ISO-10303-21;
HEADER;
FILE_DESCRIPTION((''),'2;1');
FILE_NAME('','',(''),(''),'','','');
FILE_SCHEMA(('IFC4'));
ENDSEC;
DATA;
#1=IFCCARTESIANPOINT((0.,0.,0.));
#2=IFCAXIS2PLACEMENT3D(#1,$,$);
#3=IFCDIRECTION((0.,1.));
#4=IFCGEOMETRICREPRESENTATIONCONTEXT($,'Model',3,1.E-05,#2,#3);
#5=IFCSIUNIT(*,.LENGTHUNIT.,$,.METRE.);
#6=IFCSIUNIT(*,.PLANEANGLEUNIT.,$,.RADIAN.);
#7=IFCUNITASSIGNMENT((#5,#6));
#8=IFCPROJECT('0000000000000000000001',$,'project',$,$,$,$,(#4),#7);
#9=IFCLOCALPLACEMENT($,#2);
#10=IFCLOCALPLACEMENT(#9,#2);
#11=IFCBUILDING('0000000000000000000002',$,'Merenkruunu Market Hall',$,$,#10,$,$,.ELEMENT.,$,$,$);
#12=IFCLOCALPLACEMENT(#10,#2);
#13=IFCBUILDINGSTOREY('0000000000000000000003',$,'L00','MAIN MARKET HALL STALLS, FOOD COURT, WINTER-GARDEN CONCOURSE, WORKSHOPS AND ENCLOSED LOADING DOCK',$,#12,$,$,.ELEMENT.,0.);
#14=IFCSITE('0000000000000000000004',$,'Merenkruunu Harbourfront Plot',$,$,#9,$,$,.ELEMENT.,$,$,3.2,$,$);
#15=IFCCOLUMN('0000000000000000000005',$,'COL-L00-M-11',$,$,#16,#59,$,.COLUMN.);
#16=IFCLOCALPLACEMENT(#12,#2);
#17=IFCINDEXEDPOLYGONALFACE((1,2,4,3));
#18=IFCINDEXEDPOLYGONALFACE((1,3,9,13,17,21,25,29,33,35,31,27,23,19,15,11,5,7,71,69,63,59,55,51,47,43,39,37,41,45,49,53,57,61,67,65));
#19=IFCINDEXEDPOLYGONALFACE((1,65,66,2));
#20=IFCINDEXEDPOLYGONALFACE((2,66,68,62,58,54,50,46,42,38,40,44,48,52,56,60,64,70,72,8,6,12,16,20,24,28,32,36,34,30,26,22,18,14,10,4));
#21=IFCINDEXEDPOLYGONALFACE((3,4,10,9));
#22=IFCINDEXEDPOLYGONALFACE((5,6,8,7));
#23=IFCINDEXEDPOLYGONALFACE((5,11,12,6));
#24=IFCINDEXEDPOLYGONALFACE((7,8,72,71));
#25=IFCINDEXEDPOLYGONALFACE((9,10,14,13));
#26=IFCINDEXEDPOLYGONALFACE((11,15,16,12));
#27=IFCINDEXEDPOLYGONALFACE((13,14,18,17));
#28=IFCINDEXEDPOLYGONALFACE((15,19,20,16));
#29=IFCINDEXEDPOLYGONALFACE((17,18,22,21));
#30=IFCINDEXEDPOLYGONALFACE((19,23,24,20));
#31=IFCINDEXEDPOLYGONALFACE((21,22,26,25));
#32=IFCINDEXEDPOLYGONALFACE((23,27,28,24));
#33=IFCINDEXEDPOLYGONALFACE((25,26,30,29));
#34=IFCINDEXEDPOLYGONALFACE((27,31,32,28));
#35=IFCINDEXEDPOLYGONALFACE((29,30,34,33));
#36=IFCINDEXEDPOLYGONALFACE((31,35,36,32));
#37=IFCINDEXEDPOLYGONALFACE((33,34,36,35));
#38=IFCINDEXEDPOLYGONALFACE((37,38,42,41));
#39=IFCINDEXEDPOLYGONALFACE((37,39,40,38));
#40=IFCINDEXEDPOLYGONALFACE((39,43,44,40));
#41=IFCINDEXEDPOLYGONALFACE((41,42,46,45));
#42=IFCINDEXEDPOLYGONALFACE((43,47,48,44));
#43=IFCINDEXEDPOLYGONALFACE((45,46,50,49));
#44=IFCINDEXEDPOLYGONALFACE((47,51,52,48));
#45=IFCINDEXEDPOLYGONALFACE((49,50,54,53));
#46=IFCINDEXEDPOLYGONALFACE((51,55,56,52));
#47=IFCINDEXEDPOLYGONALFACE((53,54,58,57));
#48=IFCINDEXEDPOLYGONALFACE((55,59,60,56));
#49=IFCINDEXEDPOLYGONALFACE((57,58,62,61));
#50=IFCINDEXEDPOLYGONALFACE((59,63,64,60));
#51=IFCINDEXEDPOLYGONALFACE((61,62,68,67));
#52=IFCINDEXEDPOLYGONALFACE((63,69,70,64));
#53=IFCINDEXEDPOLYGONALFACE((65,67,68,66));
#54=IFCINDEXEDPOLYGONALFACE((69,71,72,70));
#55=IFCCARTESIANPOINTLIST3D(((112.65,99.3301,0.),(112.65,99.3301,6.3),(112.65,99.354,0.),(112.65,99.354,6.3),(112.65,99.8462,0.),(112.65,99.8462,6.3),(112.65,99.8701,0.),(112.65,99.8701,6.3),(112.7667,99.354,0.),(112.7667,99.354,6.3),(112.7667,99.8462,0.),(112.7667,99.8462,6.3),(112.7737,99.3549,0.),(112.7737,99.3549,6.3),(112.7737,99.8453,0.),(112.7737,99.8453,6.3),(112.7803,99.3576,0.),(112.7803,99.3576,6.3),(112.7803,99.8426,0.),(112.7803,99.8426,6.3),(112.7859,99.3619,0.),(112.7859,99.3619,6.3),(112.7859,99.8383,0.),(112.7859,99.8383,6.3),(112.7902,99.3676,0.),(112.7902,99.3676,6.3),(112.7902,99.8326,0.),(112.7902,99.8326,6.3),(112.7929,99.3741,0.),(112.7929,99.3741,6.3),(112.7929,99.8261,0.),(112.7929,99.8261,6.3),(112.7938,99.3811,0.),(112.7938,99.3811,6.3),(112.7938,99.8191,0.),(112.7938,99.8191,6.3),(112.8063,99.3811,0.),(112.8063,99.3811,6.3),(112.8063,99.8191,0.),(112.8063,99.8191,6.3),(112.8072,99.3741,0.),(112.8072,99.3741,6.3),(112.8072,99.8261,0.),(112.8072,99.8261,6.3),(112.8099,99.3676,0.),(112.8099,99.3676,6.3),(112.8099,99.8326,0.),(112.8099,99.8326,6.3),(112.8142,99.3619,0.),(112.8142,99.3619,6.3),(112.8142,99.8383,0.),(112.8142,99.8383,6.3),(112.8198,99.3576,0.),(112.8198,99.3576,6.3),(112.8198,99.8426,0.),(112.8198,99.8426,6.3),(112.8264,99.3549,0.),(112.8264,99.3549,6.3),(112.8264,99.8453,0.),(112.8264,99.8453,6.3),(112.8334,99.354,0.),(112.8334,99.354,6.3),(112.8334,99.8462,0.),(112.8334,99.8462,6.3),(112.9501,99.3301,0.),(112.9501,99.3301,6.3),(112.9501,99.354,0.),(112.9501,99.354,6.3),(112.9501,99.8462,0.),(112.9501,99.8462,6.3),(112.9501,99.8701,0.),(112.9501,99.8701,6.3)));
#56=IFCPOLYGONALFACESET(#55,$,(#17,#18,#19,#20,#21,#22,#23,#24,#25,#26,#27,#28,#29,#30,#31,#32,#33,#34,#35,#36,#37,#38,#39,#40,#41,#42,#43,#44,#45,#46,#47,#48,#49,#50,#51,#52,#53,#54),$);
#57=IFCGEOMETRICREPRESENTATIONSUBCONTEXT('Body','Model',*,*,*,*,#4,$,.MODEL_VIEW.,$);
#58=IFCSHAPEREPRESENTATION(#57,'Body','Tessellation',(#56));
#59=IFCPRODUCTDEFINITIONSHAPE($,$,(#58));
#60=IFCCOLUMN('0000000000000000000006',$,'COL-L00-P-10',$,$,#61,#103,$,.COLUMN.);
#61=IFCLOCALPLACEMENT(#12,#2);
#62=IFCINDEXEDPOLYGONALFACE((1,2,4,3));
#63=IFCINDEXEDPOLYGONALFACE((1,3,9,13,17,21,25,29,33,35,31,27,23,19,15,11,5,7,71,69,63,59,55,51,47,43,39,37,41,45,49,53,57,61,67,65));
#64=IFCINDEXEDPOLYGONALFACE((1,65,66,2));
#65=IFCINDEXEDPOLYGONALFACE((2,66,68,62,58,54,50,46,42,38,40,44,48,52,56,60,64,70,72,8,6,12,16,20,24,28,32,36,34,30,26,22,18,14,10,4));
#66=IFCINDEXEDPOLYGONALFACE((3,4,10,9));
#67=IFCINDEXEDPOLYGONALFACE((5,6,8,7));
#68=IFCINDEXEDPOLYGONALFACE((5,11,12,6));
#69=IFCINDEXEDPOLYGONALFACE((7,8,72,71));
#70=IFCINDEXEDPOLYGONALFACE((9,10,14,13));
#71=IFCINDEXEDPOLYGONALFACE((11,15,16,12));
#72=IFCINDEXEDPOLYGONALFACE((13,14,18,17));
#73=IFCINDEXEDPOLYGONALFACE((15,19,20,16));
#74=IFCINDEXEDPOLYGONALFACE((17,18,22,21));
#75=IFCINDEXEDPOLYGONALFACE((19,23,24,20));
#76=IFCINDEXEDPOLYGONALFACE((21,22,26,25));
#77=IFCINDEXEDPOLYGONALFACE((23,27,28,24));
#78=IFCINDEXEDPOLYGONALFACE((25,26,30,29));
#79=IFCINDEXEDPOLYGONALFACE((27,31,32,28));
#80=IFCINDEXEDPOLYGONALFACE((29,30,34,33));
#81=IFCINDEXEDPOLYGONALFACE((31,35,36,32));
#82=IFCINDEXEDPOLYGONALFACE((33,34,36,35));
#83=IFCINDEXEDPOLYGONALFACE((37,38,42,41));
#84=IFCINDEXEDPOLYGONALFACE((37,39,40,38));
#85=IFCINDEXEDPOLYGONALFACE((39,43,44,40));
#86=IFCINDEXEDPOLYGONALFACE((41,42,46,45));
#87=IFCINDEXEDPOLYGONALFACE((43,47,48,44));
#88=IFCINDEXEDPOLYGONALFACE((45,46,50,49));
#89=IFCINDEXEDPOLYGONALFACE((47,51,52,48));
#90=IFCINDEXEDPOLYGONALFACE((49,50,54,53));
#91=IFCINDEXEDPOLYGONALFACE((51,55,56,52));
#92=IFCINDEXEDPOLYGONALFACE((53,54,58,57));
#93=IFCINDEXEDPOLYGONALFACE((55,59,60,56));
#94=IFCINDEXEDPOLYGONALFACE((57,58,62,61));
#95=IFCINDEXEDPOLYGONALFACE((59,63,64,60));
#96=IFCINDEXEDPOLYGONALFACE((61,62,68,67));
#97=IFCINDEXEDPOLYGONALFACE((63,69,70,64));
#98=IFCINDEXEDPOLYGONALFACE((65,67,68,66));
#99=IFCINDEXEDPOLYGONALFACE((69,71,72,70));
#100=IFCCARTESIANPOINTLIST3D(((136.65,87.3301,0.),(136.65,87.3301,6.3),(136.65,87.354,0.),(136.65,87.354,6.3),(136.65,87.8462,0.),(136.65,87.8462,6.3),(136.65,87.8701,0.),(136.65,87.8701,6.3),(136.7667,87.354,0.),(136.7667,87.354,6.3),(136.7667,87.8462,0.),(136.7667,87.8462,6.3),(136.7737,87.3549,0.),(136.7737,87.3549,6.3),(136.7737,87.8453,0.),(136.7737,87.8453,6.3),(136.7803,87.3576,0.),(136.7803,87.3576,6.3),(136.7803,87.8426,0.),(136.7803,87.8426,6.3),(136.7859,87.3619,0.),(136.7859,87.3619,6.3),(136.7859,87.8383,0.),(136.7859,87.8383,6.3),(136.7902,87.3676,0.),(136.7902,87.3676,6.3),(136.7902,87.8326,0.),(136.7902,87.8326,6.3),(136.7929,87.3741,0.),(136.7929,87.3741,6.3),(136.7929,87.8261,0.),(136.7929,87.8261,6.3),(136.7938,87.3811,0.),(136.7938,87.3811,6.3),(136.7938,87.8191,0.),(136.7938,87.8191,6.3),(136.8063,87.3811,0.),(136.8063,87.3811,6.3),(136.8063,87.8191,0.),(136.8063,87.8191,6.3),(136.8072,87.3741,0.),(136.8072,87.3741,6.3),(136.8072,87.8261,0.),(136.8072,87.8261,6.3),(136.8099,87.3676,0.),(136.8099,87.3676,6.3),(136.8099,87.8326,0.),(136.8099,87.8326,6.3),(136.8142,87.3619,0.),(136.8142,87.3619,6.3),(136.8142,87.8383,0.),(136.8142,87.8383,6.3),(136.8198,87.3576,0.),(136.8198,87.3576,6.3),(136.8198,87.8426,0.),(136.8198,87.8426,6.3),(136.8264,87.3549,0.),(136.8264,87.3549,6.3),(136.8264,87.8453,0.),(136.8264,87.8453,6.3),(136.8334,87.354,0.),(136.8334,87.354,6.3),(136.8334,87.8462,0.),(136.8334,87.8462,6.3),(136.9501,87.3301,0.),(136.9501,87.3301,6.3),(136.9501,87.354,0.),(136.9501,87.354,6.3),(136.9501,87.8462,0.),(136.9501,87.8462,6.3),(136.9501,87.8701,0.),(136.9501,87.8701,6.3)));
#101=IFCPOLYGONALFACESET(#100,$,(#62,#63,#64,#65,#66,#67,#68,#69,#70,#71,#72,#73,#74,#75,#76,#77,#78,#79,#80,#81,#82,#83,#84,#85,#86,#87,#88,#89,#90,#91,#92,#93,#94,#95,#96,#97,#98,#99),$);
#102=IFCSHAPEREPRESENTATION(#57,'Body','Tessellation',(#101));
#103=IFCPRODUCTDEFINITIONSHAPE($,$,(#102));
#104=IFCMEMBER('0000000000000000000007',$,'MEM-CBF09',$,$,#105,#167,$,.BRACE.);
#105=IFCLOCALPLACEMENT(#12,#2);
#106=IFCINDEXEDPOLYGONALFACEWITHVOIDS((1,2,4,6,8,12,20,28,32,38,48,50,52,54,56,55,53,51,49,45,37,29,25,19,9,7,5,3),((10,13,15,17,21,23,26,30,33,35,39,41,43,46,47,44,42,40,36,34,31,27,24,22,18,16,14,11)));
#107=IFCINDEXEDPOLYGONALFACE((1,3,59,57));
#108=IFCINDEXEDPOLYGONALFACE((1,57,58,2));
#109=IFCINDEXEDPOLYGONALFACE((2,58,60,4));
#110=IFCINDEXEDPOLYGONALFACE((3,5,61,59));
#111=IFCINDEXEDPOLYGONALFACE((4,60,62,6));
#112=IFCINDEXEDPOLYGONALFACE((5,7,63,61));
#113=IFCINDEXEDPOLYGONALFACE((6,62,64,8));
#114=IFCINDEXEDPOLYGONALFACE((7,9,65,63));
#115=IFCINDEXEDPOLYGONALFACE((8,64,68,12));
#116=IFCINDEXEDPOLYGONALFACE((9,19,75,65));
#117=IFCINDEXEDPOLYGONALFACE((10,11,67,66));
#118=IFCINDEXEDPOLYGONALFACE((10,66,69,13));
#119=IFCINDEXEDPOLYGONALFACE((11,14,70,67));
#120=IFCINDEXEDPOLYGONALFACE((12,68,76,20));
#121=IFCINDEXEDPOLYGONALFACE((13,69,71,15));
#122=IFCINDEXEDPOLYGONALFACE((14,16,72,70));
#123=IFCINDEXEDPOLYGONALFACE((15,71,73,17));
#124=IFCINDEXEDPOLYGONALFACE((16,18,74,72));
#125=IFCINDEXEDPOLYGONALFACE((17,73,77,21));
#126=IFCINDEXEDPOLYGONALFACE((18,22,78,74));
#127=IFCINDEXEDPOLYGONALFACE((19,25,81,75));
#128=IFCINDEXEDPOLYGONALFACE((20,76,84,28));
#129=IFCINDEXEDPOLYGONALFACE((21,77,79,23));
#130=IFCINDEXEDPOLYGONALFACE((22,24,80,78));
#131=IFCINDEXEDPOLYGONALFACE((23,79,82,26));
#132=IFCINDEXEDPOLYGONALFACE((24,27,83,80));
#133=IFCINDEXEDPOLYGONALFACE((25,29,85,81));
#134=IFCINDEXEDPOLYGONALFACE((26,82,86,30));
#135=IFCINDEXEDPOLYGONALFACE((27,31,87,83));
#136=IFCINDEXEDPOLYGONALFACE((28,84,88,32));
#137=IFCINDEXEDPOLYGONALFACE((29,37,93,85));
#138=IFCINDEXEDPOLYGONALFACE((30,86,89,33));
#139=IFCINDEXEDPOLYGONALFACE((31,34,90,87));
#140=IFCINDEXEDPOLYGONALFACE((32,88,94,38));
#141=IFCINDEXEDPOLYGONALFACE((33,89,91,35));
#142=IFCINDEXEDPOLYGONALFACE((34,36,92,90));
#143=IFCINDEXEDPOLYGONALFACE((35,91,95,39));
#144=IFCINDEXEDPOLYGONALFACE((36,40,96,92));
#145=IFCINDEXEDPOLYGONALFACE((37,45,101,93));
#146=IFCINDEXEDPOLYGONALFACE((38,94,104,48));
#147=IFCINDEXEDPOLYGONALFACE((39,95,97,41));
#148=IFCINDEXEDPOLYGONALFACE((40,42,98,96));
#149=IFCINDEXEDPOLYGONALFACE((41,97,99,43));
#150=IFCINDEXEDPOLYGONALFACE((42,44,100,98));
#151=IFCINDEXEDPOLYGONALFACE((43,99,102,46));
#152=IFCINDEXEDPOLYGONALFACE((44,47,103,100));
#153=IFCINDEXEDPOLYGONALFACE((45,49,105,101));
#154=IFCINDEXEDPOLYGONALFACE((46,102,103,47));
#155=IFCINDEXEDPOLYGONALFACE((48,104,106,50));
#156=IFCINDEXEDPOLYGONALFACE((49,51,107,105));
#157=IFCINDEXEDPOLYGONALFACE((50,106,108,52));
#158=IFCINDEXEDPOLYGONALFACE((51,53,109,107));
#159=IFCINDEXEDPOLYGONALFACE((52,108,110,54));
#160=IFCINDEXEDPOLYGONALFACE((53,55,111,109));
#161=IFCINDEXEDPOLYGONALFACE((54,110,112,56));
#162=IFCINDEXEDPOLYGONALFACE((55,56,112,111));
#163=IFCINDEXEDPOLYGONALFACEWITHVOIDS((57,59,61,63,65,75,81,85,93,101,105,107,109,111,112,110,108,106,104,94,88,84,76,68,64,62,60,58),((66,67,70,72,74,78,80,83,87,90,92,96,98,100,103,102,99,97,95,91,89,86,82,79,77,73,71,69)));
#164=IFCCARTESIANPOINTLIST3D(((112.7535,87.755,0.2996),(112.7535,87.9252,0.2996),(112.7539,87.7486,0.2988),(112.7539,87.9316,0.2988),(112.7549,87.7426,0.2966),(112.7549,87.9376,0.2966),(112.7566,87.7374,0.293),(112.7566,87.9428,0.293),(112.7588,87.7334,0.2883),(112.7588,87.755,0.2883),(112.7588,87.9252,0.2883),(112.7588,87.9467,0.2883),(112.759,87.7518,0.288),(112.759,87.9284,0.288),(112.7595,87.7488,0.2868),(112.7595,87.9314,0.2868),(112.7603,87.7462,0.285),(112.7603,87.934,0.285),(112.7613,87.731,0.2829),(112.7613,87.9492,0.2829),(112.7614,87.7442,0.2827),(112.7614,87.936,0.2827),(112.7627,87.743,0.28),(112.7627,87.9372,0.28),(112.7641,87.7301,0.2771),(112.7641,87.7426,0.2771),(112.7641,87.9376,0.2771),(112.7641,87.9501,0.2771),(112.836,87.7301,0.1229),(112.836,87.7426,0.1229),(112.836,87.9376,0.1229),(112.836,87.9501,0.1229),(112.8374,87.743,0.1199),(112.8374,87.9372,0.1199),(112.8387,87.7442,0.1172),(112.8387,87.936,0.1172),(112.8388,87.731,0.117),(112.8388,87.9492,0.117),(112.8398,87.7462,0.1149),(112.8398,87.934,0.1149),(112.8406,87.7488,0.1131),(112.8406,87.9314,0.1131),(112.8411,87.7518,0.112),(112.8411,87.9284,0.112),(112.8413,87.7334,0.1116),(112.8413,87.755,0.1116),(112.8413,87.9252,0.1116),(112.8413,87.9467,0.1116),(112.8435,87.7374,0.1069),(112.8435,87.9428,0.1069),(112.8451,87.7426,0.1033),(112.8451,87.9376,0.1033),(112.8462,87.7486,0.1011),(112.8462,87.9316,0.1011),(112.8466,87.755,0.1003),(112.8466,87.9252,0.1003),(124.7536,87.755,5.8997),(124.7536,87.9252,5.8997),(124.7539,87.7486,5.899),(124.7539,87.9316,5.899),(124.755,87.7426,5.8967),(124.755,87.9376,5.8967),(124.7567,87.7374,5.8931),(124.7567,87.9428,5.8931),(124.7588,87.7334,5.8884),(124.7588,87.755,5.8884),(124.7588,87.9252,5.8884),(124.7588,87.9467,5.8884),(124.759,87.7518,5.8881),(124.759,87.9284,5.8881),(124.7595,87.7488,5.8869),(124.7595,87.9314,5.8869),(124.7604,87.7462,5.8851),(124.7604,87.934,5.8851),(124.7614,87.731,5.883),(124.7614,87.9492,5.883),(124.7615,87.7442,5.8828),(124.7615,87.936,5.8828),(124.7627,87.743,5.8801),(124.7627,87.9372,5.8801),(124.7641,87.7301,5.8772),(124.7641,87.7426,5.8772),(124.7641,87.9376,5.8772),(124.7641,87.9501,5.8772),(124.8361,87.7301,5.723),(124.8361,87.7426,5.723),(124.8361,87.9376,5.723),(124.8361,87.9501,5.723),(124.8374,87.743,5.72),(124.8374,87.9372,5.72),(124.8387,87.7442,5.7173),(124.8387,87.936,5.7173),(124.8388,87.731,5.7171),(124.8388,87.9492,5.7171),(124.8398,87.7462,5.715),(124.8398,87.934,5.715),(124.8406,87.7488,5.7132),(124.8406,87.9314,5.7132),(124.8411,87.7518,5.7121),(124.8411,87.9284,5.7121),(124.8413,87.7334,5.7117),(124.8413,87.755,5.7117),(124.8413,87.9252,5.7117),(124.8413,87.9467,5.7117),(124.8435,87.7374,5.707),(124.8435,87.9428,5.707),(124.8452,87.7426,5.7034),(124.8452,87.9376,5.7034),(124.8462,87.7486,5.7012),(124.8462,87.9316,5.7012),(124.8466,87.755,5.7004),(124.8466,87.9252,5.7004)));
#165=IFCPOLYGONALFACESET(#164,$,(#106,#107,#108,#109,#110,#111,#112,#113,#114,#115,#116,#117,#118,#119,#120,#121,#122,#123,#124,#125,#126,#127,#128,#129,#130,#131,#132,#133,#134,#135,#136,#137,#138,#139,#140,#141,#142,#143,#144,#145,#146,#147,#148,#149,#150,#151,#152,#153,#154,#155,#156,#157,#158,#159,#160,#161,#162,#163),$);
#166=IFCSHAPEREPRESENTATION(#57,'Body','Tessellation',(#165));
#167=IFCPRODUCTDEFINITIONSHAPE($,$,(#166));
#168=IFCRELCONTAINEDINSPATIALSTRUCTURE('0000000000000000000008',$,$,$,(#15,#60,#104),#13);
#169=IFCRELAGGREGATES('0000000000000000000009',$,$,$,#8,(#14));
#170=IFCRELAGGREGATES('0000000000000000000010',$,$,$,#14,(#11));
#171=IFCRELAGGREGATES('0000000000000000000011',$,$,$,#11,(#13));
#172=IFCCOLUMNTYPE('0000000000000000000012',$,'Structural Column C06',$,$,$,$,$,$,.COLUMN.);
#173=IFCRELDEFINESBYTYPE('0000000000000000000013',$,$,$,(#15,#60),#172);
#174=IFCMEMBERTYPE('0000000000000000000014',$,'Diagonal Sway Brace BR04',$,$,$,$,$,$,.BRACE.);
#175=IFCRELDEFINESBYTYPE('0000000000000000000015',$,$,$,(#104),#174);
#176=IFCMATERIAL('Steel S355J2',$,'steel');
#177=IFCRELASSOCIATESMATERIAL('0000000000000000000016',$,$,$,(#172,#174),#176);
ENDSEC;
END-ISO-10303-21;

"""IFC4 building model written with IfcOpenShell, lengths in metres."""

from ifc_helpers import new_model, si_unit, direction, frame, origin, origin_2d, place, context, subcontext, project, spatial, hollow_rectangle, i_section, extrude, material, material_profile, profile_set, type_object, element, save


model = new_model("IFC4")

# Units and contexts
model_context = context("Model", 3, precision=1e-05, world=origin(), true_north=direction((0.0, 1.0)))
body_context = subcontext(model_context, "Body", "Model", "MODEL_VIEW")
ifc_project = project(units=[si_unit("LENGTHUNIT", "METRE"), si_unit("PLANEANGLEUNIT", "RADIAN")], contexts=[model_context])

# Site, building, storey
site_placement = place(None, origin())
site = spatial("IfcSite", under=ifc_project, at=site_placement, Name="Merenkruunu Harbourfront Plot", CompositionType="ELEMENT", RefElevation=3.2)
building_placement = place(site_placement, origin())
building = spatial("IfcBuilding", under=site, at=building_placement, Name="Merenkruunu Market Hall", CompositionType="ELEMENT")
storey_placement = place(building_placement, origin())
storey = spatial("IfcBuildingStorey", under=building, at=storey_placement, Name="L00", Description="MAIN MARKET HALL STALLS, FOOD COURT, WINTER-GARDEN CONCOURSE, WORKSHOPS AND ENCLOSED LOADING DOCK", CompositionType="ELEMENT", Elevation=0.0)

# Columns
ifc_material_1 = material(Name="Steel S355J2", Category="steel")
ifc_material_profile_1 = material_profile(ifc_material_1, i_section(OverallWidth=0.3, OverallDepth=0.54, WebThickness=0.0125, FlangeThickness=0.0239, FilletRadius=0.0271, at=origin_2d()), Name="HEA 550")
ifc_profile_set_1 = profile_set([ifc_material_profile_1], Name="Steel S355J2")
column_type = type_object("IfcColumnType", Name="Structural Column C06", PredefinedType="COLUMN", material=ifc_profile_set_1)
for number, where, z_axis, x_axis, name in (
    (1, (112.8, 99.6001, 0.0), (0.0, 0.0, 1.0), (1.0, 0.0, 0.0), "COL-L00-M-11"),
    (2, (136.8, 87.6001, 0.0), (0.0, 0.0, 1.0), (1.0, 0.0, 0.0), "COL-L00-P-10"),
):
    element("IfcColumn", number, at=place(storey_placement, frame(where, z_axis=z_axis, x_axis=x_axis)), inside=storey, type_object=column_type, Name=name, PredefinedType="COLUMN", context=body_context, shape_type="SweptSolid", body=[
        extrude(i_section(OverallWidth=0.3, OverallDepth=0.54, WebThickness=0.0125, FlangeThickness=0.0239, FilletRadius=0.0271, at=origin_2d()), origin(), (0.0, 0.0, 1.0), 6.3),
    ])

# Member
ifc_material_profile_2 = material_profile(ifc_material_1, hollow_rectangle(XDim=0.22, YDim=0.22, WallThickness=0.0125, InnerFilletRadius=0.0125, OuterFilletRadius=0.0249, at=origin_2d()), Name="SHS 220x220x12.5")
ifc_profile_set_2 = profile_set([ifc_material_profile_2], Name="Steel S355J2")
member_type = type_object("IfcMemberType", Name="Diagonal Sway Brace BR04", PredefinedType="BRACE", material=ifc_profile_set_2)
member_placement = place(storey_placement, frame((112.8, 87.8401, 0.2), z_axis=(0.90618, 0.0, 0.422892), x_axis=(0.0, 1.0, 0.0)))
element("IfcMember", 3, at=member_placement, inside=storey, type_object=member_type, Name="MEM-CBF09", PredefinedType="BRACE", context=body_context, shape_type="SweptSolid", body=[
    extrude(hollow_rectangle(XDim=0.22, YDim=0.22, WallThickness=0.0125, InnerFilletRadius=0.0125, OuterFilletRadius=0.0249, at=origin_2d()), origin(), (0.0, 0.0, 1.0), 13.2424),
])

save(model, "model.ifc")
